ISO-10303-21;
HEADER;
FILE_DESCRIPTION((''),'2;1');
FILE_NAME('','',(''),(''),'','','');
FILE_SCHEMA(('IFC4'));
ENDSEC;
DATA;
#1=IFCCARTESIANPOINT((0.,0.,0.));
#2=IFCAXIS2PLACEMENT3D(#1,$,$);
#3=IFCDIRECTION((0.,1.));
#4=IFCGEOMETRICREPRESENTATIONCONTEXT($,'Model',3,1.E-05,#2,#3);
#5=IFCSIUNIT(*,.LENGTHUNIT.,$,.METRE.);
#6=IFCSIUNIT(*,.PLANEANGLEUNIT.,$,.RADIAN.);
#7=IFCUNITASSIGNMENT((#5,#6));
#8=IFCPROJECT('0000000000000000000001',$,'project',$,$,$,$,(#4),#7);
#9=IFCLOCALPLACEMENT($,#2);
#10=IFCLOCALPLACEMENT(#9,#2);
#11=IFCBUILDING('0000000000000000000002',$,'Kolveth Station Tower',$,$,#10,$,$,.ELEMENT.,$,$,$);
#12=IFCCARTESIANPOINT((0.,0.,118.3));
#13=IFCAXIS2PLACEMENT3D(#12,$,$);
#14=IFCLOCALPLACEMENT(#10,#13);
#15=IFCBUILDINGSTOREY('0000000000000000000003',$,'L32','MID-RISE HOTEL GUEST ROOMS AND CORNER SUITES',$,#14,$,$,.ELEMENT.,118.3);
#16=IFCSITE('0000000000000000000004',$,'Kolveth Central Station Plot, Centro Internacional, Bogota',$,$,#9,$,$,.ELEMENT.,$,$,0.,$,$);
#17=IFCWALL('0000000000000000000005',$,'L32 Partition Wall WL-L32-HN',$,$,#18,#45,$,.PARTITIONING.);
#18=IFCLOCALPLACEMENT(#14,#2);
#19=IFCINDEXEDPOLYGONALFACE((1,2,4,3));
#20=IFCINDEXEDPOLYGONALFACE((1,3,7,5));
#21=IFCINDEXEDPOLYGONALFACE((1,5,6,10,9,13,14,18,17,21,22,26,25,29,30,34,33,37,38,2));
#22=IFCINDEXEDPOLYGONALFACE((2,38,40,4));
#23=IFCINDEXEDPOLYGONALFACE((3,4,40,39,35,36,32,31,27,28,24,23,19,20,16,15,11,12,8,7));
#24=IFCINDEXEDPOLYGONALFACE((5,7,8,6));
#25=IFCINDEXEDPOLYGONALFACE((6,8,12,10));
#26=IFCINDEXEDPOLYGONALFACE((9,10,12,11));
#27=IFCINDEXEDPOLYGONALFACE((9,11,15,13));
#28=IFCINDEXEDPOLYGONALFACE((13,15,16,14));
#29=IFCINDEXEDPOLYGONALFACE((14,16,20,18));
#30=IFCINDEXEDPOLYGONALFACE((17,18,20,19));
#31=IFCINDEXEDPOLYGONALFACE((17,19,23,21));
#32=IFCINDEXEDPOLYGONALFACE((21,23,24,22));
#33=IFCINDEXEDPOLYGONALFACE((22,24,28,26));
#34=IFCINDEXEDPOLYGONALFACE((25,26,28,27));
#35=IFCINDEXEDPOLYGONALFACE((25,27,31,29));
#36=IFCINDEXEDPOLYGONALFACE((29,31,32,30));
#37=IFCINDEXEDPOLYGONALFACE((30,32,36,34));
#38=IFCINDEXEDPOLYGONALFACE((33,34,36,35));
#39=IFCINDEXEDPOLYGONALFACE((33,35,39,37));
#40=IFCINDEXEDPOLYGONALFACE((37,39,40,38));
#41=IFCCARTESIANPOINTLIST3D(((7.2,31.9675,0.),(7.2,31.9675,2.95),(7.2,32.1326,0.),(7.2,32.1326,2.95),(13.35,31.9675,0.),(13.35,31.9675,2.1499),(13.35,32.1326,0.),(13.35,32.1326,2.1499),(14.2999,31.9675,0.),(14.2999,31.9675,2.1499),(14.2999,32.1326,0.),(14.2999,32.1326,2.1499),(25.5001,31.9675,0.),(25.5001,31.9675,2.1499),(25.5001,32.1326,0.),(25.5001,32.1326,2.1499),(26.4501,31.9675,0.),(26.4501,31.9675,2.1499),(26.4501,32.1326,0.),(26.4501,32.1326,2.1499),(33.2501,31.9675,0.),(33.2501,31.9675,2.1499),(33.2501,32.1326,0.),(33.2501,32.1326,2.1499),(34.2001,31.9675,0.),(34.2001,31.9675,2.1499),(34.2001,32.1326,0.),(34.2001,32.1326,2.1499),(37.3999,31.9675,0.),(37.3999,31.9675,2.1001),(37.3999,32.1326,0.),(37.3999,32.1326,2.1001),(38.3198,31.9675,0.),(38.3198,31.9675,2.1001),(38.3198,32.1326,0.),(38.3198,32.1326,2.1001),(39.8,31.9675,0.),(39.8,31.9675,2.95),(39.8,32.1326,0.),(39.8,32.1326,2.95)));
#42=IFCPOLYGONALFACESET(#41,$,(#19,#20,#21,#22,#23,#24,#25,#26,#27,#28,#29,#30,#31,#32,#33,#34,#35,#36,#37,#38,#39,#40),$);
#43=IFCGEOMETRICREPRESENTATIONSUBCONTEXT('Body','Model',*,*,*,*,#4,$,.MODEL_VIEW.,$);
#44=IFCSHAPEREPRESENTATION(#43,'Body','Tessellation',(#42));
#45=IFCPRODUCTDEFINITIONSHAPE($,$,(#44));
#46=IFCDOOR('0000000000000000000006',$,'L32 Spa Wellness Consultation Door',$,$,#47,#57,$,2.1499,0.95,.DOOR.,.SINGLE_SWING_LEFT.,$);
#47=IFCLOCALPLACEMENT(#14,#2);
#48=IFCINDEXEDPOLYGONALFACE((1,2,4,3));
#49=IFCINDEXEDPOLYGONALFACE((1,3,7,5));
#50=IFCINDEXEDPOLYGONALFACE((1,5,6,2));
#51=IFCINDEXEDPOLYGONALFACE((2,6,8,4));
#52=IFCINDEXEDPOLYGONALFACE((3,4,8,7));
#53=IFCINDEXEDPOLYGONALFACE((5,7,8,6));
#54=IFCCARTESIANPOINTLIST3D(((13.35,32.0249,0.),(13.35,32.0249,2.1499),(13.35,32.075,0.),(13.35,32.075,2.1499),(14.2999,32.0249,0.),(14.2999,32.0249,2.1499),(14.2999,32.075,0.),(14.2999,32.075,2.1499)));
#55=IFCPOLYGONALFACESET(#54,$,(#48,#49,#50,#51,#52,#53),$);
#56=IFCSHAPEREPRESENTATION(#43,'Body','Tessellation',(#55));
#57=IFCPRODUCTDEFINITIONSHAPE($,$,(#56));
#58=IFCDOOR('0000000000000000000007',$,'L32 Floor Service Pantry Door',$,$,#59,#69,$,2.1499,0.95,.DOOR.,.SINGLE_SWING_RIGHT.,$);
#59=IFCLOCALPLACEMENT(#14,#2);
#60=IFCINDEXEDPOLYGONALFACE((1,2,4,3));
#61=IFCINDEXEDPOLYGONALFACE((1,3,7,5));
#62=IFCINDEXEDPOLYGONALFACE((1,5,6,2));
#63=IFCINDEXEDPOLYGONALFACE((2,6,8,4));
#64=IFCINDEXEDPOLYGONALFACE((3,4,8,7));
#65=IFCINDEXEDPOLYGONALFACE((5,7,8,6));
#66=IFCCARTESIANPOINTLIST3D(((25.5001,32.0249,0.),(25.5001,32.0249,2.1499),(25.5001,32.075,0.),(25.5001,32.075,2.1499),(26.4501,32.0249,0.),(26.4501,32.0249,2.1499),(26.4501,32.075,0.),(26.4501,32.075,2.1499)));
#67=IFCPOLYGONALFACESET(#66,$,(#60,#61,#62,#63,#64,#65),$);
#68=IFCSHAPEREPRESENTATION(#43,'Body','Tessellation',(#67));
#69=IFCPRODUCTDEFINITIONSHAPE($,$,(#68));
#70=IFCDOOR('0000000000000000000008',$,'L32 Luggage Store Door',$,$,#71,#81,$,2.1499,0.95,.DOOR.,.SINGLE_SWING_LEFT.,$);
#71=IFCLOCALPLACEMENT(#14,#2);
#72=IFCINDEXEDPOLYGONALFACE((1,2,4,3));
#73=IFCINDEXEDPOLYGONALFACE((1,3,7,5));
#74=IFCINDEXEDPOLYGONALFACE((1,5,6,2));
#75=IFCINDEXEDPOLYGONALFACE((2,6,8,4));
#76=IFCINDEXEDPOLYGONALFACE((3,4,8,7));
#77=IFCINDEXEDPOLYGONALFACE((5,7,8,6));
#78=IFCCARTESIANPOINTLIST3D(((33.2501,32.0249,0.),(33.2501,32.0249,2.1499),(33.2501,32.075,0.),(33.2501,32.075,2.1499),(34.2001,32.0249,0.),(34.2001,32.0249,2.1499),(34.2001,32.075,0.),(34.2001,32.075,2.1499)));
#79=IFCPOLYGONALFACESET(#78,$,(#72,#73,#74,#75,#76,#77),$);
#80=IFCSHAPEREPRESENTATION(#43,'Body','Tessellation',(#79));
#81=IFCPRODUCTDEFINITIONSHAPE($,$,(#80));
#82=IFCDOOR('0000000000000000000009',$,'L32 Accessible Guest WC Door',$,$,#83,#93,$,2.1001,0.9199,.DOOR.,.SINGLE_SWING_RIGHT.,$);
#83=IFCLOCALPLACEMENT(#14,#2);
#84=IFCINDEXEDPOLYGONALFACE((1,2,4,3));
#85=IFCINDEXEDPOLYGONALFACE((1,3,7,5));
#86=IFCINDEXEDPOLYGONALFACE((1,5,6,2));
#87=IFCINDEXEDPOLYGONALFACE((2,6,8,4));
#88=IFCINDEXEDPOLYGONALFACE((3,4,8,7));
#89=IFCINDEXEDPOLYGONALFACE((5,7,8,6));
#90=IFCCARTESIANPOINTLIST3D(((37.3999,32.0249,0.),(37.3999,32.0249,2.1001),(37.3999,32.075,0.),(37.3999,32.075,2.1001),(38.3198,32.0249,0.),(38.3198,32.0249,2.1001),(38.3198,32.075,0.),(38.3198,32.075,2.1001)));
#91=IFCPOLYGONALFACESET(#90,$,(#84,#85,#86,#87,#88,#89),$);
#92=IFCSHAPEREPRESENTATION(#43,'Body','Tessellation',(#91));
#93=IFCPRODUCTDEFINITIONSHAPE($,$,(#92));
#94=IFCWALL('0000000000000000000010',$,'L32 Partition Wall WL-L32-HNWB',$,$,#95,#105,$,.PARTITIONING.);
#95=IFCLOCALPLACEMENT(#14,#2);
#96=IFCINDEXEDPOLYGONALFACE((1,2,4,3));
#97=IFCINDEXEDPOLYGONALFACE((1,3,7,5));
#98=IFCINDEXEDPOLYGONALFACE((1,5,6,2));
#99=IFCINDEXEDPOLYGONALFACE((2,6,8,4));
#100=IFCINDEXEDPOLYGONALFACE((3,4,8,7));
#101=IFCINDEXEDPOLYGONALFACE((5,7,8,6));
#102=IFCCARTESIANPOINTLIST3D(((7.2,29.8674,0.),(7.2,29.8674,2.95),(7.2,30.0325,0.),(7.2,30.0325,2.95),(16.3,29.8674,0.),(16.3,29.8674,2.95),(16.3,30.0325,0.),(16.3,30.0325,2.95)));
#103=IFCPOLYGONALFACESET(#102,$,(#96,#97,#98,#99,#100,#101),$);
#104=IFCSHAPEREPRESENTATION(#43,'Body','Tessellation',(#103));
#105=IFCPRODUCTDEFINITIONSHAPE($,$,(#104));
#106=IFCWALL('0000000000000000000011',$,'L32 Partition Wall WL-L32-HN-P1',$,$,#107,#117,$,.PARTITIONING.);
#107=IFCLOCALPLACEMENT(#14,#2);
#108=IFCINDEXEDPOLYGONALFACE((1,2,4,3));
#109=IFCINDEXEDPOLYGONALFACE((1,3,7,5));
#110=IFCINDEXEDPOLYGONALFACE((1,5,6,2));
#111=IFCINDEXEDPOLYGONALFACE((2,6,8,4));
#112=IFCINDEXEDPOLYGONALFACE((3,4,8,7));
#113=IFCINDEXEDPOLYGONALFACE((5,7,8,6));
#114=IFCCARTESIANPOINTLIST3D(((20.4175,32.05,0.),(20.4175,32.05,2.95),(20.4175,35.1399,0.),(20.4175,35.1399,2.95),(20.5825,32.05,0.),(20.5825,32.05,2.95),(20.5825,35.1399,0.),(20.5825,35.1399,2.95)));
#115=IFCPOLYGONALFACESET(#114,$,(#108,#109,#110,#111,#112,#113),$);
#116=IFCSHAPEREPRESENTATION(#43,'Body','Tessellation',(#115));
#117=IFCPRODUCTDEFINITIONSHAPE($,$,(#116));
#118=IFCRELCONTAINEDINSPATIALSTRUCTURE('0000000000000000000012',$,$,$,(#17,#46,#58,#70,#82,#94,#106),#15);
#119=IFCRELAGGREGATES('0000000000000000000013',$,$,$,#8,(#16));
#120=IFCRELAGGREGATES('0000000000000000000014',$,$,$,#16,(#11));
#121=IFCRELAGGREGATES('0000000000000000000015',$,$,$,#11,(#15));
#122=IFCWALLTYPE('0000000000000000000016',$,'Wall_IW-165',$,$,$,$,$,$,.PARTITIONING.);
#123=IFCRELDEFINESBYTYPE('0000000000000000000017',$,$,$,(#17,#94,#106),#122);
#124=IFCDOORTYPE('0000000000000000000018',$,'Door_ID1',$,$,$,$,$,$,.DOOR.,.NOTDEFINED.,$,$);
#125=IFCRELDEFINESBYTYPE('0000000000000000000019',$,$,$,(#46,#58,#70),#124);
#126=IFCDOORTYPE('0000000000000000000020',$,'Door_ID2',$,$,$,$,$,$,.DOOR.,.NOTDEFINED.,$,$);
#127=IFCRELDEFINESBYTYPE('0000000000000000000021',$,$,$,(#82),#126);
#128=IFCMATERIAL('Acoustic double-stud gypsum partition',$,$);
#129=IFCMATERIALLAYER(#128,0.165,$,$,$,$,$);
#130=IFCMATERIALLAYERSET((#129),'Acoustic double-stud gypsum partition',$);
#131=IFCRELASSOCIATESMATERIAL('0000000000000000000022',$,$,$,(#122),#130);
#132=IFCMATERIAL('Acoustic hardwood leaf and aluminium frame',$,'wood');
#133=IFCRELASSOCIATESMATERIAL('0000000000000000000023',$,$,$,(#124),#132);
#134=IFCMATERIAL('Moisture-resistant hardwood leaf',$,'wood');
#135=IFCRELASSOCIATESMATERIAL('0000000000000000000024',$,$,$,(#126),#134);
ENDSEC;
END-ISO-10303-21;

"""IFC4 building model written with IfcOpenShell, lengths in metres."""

from ifc_helpers import new_model, si_unit, direction, frame, frame_2d, origin, place, context, subcontext, project, spatial, rectangle, extrude, material, layer, layer_set, type_object, element, fill, save


model = new_model("IFC4")

# Units and contexts
model_context = context("Model", 3, precision=1e-05, world=origin(), true_north=direction((0.0, 1.0)))
body_context = subcontext(model_context, "Body", "Model", "MODEL_VIEW")
ifc_project = project(units=[si_unit("LENGTHUNIT", "METRE"), si_unit("PLANEANGLEUNIT", "RADIAN")], contexts=[model_context])

# Site, building, storey
site_placement = place(None, origin())
site = spatial("IfcSite", under=ifc_project, at=site_placement, Name="Kolveth Central Station Plot, Centro Internacional, Bogota", CompositionType="ELEMENT", RefElevation=0.0)
building_placement = place(site_placement, origin())
building = spatial("IfcBuilding", under=site, at=building_placement, Name="Kolveth Station Tower", CompositionType="ELEMENT")
storey_placement = place(building_placement, frame((0.0, 0.0, 118.3)))
storey = spatial("IfcBuildingStorey", under=building, at=storey_placement, Name="L32", Description="MID-RISE HOTEL GUEST ROOMS AND CORNER SUITES", CompositionType="ELEMENT", Elevation=118.3)

# Shared definitions
ifc_material_1 = material(Name="Acoustic double-stud gypsum partition")
ifc_layer_1 = layer(ifc_material_1, 0.165)
ifc_layer_set_1 = layer_set([ifc_layer_1], Name="Acoustic double-stud gypsum partition")
wall_type_1 = type_object("IfcWallType", Name="Wall_IW-165", PredefinedType="PARTITIONING", material=ifc_layer_set_1)

# Wall, openings, doors
wall_1_placement = place(storey_placement, frame((7.2, 32.05, 0.0), z_axis=(0.0, 0.0, 1.0), x_axis=(1.0, 0.0, 0.0)))
wall_1 = element("IfcWall", 1, at=wall_1_placement, inside=storey, type_object=wall_type_1, Name="L32 Partition Wall WL-L32-HN", PredefinedType="PARTITIONING", context=body_context, shape_type="SweptSolid", body=[
    extrude(rectangle(XDim=32.6001, YDim=0.165, at=frame_2d((16.3, 0.0))), origin(), (0.0, 0.0, 1.0), 2.95),
])
opening_1_placement = place(wall_1_placement, frame((6.1499, 0.0, 0.0)))
opening_1 = element("IfcOpeningElement", 2, at=opening_1_placement, cuts=wall_1, PredefinedType="OPENING", context=body_context, shape_type="SweptSolid", body=[
    extrude(rectangle(XDim=0.95, YDim=2.1499, at=frame_2d((0.4751, 1.075))), frame((0.0, 0.0925, 0.0), z_axis=(0.0, -1.0, 0.0), x_axis=(1.0, 0.0, 0.0)), (0.0, 0.0, 1.0), 0.1851),
])
opening_2_placement = place(wall_1_placement, frame((18.3, 0.0, 0.0)))
opening_2 = element("IfcOpeningElement", 3, at=opening_2_placement, cuts=wall_1, PredefinedType="OPENING", context=body_context, shape_type="SweptSolid", body=[
    extrude(rectangle(XDim=0.95, YDim=2.1499, at=frame_2d((0.4751, 1.075))), frame((0.0, 0.0925, 0.0), z_axis=(0.0, -1.0, 0.0), x_axis=(1.0, 0.0, 0.0)), (0.0, 0.0, 1.0), 0.1851),
])
opening_3_placement = place(wall_1_placement, frame((26.05, 0.0, 0.0)))
opening_3 = element("IfcOpeningElement", 4, at=opening_3_placement, cuts=wall_1, PredefinedType="OPENING", context=body_context, shape_type="SweptSolid", body=[
    extrude(rectangle(XDim=0.95, YDim=2.1499, at=frame_2d((0.4751, 1.075))), frame((0.0, 0.0925, 0.0), z_axis=(0.0, -1.0, 0.0), x_axis=(1.0, 0.0, 0.0)), (0.0, 0.0, 1.0), 0.1851),
])
opening_4_placement = place(wall_1_placement, frame((30.2, 0.0, 0.0)))
opening_4 = element("IfcOpeningElement", 5, at=opening_4_placement, cuts=wall_1, PredefinedType="OPENING", context=body_context, shape_type="SweptSolid", body=[
    extrude(rectangle(XDim=0.9199, YDim=2.1001, at=frame_2d((0.46, 1.05))), frame((0.0, 0.0925, 0.0), z_axis=(0.0, -1.0, 0.0), x_axis=(1.0, 0.0, 0.0)), (0.0, 0.0, 1.0), 0.1851),
])
ifc_material_2 = material(Name="Acoustic hardwood leaf and aluminium frame", Category="wood")
door_type_1 = type_object("IfcDoorType", Name="Door_ID1", OperationType="NOTDEFINED", PredefinedType="DOOR", material=ifc_material_2)
door_1_placement = place(opening_1_placement, origin())
door_1 = element("IfcDoor", 6, at=door_1_placement, inside=storey, type_object=door_type_1, Name="L32 Spa Wellness Consultation Door", OperationType="SINGLE_SWING_LEFT", OverallHeight=2.1499, OverallWidth=0.95, PredefinedType="DOOR", context=body_context, shape_type="SweptSolid", body=[
    extrude(rectangle(XDim=0.95, YDim=2.1499, at=frame_2d((0.4751, 1.075))), frame((0.0, 0.0249, 0.0), z_axis=(0.0, -1.0, 0.0), x_axis=(1.0, 0.0, 0.0)), (0.0, 0.0, 1.0), 0.05),
])
fill(opening_1, door_1)
door_2_placement = place(opening_2_placement, origin())
door_2 = element("IfcDoor", 7, at=door_2_placement, inside=storey, type_object=door_type_1, Name="L32 Floor Service Pantry Door", OperationType="SINGLE_SWING_RIGHT", OverallHeight=2.1499, OverallWidth=0.95, PredefinedType="DOOR", context=body_context, shape_type="SweptSolid", body=[
    extrude(rectangle(XDim=0.95, YDim=2.1499, at=frame_2d((0.4751, 1.075))), frame((0.0, 0.0249, 0.0), z_axis=(0.0, -1.0, 0.0), x_axis=(1.0, 0.0, 0.0)), (0.0, 0.0, 1.0), 0.05),
])
fill(opening_2, door_2)
door_3_placement = place(opening_3_placement, origin())
door_3 = element("IfcDoor", 8, at=door_3_placement, inside=storey, type_object=door_type_1, Name="L32 Luggage Store Door", OperationType="SINGLE_SWING_LEFT", OverallHeight=2.1499, OverallWidth=0.95, PredefinedType="DOOR", context=body_context, shape_type="SweptSolid", body=[
    extrude(rectangle(XDim=0.95, YDim=2.1499, at=frame_2d((0.4751, 1.075))), frame((0.0, 0.0249, 0.0), z_axis=(0.0, -1.0, 0.0), x_axis=(1.0, 0.0, 0.0)), (0.0, 0.0, 1.0), 0.05),
])
fill(opening_3, door_3)
ifc_material_3 = material(Name="Moisture-resistant hardwood leaf", Category="wood")
door_type_2 = type_object("IfcDoorType", Name="Door_ID2", OperationType="NOTDEFINED", PredefinedType="DOOR", material=ifc_material_3)
door_4_placement = place(opening_4_placement, origin())
door_4 = element("IfcDoor", 9, at=door_4_placement, inside=storey, type_object=door_type_2, Name="L32 Accessible Guest WC Door", OperationType="SINGLE_SWING_RIGHT", OverallHeight=2.1001, OverallWidth=0.9199, PredefinedType="DOOR", context=body_context, shape_type="SweptSolid", body=[
    extrude(rectangle(XDim=0.9199, YDim=2.1001, at=frame_2d((0.46, 1.05))), frame((0.0, 0.0249, 0.0), z_axis=(0.0, -1.0, 0.0), x_axis=(1.0, 0.0, 0.0)), (0.0, 0.0, 1.0), 0.05),
])
fill(opening_4, door_4)

# Wall
wall_2_placement = place(storey_placement, frame((7.2, 29.95, 0.0), z_axis=(0.0, 0.0, 1.0), x_axis=(1.0, 0.0, 0.0)))
element("IfcWall", 10, at=wall_2_placement, inside=storey, type_object=wall_type_1, Name="L32 Partition Wall WL-L32-HNWB", PredefinedType="PARTITIONING", context=body_context, shape_type="SweptSolid", body=[
    extrude(rectangle(XDim=9.1001, YDim=0.165, at=frame_2d((4.55, 0.0))), origin(), (0.0, 0.0, 1.0), 2.95),
])

# Wall
wall_3_placement = place(storey_placement, frame((20.5, 32.05, 0.0), z_axis=(0.0, 0.0, 1.0), x_axis=(0.0, 1.0, 0.0)))
element("IfcWall", 11, at=wall_3_placement, inside=storey, type_object=wall_type_1, Name="L32 Partition Wall WL-L32-HN-P1", PredefinedType="PARTITIONING", context=body_context, shape_type="SweptSolid", body=[
    extrude(rectangle(XDim=3.0898, YDim=0.165, at=frame_2d((1.5449, 0.0))), origin(), (0.0, 0.0, 1.0), 2.95),
])

save(model, "model.ifc")
